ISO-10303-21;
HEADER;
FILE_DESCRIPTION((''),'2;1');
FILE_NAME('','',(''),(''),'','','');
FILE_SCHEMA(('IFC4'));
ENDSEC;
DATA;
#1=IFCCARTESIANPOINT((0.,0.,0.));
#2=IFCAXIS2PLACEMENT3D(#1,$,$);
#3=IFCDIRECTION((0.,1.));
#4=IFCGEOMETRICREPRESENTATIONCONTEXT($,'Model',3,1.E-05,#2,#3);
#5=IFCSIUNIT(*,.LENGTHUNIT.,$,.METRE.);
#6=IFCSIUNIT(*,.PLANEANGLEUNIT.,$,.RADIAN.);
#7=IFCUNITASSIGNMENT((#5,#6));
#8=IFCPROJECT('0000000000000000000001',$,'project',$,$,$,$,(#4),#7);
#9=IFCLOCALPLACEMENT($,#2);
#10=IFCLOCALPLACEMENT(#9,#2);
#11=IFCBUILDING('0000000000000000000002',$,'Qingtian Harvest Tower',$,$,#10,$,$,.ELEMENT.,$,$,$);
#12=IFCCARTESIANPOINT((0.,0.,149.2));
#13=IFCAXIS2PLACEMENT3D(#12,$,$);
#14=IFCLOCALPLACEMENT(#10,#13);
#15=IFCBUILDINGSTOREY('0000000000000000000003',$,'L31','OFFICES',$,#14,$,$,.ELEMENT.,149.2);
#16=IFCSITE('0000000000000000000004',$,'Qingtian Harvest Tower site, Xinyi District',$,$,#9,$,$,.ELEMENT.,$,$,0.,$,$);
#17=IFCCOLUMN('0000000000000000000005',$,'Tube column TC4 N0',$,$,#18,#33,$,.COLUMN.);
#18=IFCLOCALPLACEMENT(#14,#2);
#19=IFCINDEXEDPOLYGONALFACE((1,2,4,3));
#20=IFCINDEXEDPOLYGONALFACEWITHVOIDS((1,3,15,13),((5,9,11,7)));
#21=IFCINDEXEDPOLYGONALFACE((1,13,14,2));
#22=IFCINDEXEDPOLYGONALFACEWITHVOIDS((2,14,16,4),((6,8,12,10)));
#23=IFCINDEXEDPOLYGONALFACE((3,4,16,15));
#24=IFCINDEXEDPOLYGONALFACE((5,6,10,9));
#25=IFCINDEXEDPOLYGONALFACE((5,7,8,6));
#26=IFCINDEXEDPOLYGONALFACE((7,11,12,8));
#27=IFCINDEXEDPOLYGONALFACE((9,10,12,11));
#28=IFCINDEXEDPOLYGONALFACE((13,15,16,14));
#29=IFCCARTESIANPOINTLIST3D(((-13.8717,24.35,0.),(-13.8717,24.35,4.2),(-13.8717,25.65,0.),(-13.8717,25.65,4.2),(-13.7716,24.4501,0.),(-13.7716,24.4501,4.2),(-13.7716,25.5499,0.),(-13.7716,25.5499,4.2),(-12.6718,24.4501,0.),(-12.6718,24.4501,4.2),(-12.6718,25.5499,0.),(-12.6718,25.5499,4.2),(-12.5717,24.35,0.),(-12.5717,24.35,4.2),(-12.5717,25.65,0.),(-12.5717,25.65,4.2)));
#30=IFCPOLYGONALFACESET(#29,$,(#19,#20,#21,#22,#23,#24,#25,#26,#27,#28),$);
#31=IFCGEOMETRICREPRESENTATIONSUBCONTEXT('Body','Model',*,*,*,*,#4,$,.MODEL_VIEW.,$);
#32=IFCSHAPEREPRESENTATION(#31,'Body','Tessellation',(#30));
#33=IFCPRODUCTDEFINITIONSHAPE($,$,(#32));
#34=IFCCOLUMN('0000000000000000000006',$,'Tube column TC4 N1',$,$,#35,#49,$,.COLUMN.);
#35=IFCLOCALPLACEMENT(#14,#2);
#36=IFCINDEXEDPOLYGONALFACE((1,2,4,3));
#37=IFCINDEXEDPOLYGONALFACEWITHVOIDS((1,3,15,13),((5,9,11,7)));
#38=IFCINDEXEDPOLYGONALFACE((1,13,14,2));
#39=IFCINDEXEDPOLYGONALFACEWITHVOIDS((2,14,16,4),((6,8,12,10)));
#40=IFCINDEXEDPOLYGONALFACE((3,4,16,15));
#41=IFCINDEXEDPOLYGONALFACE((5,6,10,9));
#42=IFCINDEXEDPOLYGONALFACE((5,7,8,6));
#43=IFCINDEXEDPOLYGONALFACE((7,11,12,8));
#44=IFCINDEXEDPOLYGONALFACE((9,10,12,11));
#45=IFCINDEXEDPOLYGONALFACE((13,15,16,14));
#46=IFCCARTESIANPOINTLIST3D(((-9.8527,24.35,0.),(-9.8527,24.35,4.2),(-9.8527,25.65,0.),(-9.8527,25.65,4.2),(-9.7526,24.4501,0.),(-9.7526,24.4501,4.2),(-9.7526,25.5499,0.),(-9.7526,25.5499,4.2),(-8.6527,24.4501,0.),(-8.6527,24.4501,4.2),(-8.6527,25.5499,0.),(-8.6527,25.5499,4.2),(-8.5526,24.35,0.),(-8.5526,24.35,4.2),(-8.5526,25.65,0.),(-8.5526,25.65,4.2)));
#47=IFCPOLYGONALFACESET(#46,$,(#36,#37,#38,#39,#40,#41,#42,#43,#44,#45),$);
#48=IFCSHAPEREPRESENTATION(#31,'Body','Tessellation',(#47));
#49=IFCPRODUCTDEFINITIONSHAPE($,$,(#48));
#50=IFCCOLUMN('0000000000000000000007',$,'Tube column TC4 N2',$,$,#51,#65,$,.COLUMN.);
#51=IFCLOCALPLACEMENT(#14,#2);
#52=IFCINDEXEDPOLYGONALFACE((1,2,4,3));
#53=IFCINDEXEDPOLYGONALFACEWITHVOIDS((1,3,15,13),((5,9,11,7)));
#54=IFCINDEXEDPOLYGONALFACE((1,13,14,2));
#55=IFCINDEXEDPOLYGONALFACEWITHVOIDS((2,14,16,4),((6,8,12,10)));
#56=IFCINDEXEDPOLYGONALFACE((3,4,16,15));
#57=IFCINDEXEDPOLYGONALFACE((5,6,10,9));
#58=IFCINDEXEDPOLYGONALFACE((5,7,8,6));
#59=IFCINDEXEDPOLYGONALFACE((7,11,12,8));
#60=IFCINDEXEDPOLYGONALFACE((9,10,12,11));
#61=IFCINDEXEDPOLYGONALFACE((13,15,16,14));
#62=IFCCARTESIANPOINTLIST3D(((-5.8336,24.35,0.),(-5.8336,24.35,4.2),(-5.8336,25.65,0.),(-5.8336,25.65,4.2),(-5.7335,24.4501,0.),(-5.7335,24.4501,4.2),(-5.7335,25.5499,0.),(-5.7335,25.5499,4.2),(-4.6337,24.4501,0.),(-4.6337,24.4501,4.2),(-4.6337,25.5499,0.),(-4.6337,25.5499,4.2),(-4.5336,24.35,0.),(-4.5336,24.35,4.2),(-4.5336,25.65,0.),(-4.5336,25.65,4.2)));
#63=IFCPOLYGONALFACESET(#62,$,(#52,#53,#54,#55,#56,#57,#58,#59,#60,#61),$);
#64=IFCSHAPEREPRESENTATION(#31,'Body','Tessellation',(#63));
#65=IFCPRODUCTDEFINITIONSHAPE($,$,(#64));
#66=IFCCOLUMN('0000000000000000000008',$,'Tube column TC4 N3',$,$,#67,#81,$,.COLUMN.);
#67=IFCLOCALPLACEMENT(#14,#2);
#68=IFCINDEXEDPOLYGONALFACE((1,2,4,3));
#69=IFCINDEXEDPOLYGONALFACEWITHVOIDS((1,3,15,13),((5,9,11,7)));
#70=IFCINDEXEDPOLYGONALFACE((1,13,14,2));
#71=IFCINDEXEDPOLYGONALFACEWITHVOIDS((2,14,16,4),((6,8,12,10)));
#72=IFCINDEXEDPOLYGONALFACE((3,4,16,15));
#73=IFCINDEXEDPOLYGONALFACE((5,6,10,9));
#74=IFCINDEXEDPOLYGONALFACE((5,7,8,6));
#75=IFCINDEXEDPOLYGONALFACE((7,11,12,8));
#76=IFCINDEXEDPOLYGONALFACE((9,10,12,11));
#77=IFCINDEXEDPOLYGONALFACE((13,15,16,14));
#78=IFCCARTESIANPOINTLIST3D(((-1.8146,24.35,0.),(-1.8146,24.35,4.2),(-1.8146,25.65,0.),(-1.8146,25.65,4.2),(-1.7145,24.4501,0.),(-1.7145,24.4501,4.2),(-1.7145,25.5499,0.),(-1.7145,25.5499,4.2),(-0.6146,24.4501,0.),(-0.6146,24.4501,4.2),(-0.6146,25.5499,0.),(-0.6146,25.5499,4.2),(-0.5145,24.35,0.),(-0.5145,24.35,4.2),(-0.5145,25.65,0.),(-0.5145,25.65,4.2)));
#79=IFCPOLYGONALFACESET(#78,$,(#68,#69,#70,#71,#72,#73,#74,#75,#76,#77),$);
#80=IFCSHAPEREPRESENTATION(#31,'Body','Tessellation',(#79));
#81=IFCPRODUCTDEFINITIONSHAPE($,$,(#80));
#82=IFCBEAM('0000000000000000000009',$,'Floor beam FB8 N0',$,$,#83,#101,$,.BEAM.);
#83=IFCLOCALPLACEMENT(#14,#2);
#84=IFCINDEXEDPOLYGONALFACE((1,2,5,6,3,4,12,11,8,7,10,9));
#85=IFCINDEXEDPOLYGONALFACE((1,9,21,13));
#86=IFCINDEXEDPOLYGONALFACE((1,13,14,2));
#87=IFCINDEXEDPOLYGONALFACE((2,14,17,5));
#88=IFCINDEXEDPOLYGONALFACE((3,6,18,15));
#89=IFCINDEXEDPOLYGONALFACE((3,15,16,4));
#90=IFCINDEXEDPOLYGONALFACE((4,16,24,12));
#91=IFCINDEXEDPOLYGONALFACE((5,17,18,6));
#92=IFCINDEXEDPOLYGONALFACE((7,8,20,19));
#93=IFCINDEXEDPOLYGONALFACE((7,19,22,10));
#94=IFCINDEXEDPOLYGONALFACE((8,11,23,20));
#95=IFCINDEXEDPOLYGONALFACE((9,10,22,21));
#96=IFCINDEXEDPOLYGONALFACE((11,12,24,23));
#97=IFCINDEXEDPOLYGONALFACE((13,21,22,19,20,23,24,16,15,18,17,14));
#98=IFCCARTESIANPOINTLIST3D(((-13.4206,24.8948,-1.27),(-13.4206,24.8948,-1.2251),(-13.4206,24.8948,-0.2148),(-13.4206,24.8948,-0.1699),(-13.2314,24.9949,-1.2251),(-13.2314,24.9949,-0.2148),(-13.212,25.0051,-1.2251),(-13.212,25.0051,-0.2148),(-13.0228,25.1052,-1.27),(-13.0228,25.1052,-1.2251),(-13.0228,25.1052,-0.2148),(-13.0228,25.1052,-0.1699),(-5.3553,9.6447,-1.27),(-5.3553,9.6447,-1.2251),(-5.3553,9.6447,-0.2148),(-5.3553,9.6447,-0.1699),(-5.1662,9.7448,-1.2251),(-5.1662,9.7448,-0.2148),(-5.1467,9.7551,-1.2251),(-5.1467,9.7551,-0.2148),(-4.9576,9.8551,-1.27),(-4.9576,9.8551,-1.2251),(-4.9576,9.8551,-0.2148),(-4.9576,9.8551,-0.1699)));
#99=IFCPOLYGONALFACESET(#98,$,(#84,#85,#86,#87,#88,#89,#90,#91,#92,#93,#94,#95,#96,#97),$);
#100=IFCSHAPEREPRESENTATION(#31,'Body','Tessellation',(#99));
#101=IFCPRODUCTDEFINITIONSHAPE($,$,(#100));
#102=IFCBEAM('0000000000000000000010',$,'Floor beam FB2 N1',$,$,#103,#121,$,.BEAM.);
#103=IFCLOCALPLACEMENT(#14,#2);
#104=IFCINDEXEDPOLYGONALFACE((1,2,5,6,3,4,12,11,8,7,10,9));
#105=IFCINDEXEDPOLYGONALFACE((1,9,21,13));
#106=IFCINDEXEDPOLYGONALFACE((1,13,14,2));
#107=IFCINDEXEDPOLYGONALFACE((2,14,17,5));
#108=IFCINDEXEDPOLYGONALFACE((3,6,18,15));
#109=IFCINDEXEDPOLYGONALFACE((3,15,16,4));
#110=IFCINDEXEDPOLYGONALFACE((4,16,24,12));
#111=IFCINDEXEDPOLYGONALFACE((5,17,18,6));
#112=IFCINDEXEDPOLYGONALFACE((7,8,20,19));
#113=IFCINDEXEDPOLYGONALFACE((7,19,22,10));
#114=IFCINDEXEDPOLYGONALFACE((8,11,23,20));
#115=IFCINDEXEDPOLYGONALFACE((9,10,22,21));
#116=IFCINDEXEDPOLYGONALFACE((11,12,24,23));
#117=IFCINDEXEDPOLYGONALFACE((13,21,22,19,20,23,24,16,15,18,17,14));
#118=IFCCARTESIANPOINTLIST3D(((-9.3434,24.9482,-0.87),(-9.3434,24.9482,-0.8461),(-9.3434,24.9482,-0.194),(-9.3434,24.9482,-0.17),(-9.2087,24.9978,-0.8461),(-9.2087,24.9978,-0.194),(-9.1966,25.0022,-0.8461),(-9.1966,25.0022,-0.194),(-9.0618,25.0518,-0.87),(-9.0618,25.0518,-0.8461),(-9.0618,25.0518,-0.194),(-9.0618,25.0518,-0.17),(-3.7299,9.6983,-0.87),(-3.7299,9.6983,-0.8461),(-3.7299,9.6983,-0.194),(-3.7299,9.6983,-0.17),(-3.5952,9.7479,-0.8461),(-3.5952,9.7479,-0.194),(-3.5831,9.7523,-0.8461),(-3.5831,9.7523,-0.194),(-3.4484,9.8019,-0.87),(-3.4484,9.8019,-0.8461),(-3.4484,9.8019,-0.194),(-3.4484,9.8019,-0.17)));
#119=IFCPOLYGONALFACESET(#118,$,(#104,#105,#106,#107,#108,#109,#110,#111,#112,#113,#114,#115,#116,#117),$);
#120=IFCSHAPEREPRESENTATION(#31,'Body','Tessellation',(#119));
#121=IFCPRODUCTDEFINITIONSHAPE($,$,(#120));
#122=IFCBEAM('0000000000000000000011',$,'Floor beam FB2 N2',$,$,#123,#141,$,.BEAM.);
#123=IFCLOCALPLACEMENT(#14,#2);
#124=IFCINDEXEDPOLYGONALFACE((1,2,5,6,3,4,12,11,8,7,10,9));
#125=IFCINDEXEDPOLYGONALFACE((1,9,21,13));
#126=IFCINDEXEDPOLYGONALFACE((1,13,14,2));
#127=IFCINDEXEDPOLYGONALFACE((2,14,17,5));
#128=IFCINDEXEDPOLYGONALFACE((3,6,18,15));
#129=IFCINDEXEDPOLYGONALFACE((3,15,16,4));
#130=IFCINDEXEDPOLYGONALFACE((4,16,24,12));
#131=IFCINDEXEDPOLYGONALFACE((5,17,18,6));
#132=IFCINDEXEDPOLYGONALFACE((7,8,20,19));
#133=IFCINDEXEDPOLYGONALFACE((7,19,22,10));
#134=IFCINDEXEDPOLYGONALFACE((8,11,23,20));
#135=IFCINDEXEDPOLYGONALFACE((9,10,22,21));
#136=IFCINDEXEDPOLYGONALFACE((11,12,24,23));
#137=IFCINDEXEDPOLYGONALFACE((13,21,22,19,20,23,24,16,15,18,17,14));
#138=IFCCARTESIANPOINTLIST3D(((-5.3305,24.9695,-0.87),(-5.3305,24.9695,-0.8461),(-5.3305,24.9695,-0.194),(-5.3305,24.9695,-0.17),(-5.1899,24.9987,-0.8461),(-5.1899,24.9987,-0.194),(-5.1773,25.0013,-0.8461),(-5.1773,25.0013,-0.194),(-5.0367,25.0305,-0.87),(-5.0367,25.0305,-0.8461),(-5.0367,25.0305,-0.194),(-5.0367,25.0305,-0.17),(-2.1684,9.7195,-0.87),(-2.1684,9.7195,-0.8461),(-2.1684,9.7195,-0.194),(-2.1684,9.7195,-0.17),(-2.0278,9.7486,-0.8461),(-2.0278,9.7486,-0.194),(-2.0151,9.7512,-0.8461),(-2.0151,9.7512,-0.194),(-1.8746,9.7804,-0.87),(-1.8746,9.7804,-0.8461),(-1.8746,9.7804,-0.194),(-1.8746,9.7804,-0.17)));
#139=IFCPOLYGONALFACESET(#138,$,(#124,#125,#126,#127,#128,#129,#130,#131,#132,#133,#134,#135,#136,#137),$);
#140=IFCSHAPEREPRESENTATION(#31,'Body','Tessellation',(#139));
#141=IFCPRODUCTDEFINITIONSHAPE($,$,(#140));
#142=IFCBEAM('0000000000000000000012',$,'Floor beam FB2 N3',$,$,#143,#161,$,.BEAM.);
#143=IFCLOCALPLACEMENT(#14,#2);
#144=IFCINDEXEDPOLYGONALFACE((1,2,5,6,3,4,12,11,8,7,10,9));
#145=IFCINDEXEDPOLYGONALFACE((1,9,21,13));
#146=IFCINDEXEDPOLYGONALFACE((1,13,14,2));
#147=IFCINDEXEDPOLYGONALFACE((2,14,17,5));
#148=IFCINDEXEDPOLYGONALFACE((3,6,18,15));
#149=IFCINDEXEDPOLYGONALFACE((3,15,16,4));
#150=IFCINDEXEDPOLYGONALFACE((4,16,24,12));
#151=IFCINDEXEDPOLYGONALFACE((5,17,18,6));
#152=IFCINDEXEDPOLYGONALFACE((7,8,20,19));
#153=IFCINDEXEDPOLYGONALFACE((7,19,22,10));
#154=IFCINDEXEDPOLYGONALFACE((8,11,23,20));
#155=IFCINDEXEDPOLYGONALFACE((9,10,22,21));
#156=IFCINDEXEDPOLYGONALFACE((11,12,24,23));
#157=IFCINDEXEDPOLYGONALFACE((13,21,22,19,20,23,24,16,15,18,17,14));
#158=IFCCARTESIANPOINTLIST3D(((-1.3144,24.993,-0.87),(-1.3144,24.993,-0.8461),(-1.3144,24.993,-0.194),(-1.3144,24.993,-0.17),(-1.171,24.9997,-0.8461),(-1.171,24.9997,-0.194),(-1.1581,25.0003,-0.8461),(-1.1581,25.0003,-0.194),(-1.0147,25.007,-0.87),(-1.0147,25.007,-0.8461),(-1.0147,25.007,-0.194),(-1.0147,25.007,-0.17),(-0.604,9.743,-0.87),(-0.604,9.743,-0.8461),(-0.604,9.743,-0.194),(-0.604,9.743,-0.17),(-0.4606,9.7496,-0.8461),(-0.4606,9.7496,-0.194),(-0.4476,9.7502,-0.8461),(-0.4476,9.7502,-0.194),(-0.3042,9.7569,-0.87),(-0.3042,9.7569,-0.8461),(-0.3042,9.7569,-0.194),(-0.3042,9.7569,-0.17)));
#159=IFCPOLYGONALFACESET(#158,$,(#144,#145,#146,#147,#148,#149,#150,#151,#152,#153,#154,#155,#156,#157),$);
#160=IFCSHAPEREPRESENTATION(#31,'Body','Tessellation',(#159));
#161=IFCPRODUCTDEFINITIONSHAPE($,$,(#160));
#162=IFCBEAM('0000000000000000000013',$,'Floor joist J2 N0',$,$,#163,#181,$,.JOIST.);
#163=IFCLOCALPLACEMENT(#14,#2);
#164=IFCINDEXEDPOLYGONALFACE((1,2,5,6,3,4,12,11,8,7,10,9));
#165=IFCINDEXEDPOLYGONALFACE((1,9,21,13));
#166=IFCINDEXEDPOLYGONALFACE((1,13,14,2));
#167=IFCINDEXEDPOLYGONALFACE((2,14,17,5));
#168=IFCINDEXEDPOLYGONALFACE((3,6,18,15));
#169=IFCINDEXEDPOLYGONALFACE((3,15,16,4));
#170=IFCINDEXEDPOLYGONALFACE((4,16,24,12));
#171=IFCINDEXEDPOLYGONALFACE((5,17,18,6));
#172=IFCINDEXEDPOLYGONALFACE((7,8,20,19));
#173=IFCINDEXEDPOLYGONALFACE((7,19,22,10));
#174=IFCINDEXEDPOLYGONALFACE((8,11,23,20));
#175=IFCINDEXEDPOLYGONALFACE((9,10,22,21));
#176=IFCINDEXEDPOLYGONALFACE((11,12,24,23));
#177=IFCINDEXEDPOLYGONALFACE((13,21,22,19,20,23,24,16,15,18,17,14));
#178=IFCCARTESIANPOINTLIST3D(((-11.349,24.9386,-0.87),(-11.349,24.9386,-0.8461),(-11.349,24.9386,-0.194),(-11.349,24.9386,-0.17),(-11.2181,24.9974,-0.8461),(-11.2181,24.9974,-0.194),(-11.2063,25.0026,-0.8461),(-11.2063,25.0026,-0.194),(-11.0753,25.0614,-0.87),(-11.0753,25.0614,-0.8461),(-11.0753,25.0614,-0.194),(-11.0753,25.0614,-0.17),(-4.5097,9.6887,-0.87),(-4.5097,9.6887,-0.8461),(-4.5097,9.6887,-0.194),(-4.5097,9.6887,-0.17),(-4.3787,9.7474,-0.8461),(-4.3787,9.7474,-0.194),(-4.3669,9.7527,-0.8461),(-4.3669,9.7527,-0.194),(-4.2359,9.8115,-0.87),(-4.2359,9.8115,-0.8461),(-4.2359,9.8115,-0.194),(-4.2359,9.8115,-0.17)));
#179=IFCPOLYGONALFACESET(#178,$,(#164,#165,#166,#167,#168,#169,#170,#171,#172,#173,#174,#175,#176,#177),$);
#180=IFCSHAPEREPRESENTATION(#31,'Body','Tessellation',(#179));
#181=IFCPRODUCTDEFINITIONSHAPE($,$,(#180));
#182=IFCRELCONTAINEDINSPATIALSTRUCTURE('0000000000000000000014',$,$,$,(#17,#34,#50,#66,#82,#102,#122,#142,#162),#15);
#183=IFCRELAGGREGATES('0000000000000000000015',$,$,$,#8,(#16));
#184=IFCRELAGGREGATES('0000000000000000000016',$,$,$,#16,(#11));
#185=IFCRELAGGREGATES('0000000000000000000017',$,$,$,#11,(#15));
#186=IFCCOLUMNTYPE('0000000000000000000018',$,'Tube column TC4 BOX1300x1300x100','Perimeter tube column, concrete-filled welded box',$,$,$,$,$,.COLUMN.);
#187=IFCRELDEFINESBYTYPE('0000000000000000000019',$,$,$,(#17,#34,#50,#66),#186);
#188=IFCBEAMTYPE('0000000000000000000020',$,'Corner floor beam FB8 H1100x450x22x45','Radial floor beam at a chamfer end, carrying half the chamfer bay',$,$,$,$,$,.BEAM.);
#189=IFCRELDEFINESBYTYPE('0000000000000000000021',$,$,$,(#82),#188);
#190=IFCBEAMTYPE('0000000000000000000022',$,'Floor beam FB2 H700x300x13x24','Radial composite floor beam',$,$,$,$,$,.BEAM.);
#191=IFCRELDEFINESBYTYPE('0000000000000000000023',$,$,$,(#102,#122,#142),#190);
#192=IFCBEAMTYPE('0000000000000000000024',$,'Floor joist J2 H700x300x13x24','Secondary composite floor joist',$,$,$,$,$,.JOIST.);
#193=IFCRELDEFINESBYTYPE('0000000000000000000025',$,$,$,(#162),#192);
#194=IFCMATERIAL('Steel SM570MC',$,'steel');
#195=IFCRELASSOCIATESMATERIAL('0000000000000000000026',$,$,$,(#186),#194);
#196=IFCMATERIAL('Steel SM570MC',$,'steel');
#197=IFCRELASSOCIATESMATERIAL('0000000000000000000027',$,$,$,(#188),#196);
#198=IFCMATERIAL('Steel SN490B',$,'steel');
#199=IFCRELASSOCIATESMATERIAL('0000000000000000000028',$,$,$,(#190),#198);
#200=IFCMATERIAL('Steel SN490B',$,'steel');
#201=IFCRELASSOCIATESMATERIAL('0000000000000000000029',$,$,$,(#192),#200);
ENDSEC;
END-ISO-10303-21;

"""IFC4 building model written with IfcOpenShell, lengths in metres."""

from ifc_helpers import new_model, si_unit, direction, frame, origin, origin_2d, place, context, subcontext, project, spatial, hollow_rectangle, i_section, extrude, material, material_profile, profile_set, type_object, element, save


model = new_model("IFC4")

# Units and contexts
model_context = context("Model", 3, precision=1e-05, world=origin(), true_north=direction((0.0, 1.0)))
body_context = subcontext(model_context, "Body", "Model", "MODEL_VIEW")
ifc_project = project(units=[si_unit("LENGTHUNIT", "METRE"), si_unit("PLANEANGLEUNIT", "RADIAN")], contexts=[model_context])

# Site, building, storey
site_placement = place(None, origin())
site = spatial("IfcSite", under=ifc_project, at=site_placement, Name="Qingtian Harvest Tower site, Xinyi District", CompositionType="ELEMENT", RefElevation=0.0)
building_placement = place(site_placement, origin())
building = spatial("IfcBuilding", under=site, at=building_placement, Name="Qingtian Harvest Tower", CompositionType="ELEMENT")
storey_placement = place(building_placement, frame((0.0, 0.0, 149.2)))
storey = spatial("IfcBuildingStorey", under=building, at=storey_placement, Name="L31", Description="OFFICES", CompositionType="ELEMENT", Elevation=149.2)

# Columns
ifc_material_1 = material(Name="Steel SM570MC", Category="steel")
ifc_material_profile_1 = material_profile(ifc_material_1, hollow_rectangle(XDim=1.3, YDim=1.3, WallThickness=0.1001, at=origin_2d()), Name="BOX1300x1300x100")
ifc_profile_set_1 = profile_set([ifc_material_profile_1], Name="Steel SM570MC")
column_type = type_object("IfcColumnType", Name="Tube column TC4 BOX1300x1300x100", Description="Perimeter tube column, concrete-filled welded box", PredefinedType="COLUMN", material=ifc_profile_set_1)
for number, where, z_axis, x_axis, name in (
    (1, (-13.2217, 25.0, 0.0), (0.0, 0.0, 1.0), (-1.0, 0.0, 0.0), "Tube column TC4 N0"),
    (2, (-9.2026, 25.0, 0.0), (0.0, 0.0, 1.0), (-1.0, 0.0, 0.0), "Tube column TC4 N1"),
    (3, (-5.1836, 25.0, 0.0), (0.0, 0.0, 1.0), (-1.0, 0.0, 0.0), "Tube column TC4 N2"),
    (4, (-1.1646, 25.0, 0.0), (0.0, 0.0, 1.0), (-1.0, 0.0, 0.0), "Tube column TC4 N3"),
):
    element("IfcColumn", number, at=place(storey_placement, frame(where, z_axis=z_axis, x_axis=x_axis)), inside=storey, type_object=column_type, Name=name, PredefinedType="COLUMN", context=body_context, shape_type="SweptSolid", body=[
        extrude(hollow_rectangle(XDim=1.3, YDim=1.3, WallThickness=0.1001, at=origin_2d()), origin(), (0.0, 0.0, 1.0), 4.2),
    ])

# Beams
ifc_material_2 = material(Name="Steel SM570MC", Category="steel")
ifc_material_profile_2 = material_profile(ifc_material_2, i_section(OverallWidth=0.45, OverallDepth=1.1001, WebThickness=0.022, FlangeThickness=0.0449, at=origin_2d()), Name="H1100x450x22x45")
ifc_profile_set_2 = profile_set([ifc_material_profile_2], Name="Steel SM570MC")
beam_type_1 = type_object("IfcBeamType", Name="Corner floor beam FB8 H1100x450x22x45", Description="Radial floor beam at a chamfer end, carrying half the chamfer bay", PredefinedType="BEAM", material=ifc_profile_set_2)
beam_1_placement = place(storey_placement, frame((-13.2217, 25.0, -0.72), z_axis=(0.46751, -0.883988, 0.0), x_axis=(0.883988, 0.46751, 0.0)))
element("IfcBeam", 5, at=beam_1_placement, inside=storey, type_object=beam_type_1, Name="Floor beam FB8 N0", PredefinedType="BEAM", context=body_context, shape_type="SweptSolid", body=[
    extrude(i_section(OverallWidth=0.45, OverallDepth=1.1001, WebThickness=0.022, FlangeThickness=0.0449, at=origin_2d()), origin(), (0.0, 0.0, 1.0), 17.2515),
])
ifc_material_3 = material(Name="Steel SN490B", Category="steel")
ifc_material_profile_3 = material_profile(ifc_material_3, i_section(OverallWidth=0.3, OverallDepth=0.7, WebThickness=0.0129, FlangeThickness=0.0239, at=origin_2d()), Name="H700x300x13x24")
ifc_profile_set_3 = profile_set([ifc_material_profile_3], Name="Steel SN490B")
beam_type_2 = type_object("IfcBeamType", Name="Floor beam FB2 H700x300x13x24", Description="Radial composite floor beam", PredefinedType="BEAM", material=ifc_profile_set_3)
beam_2_placement = place(storey_placement, frame((-9.2026, 25.0, -0.52), z_axis=(0.34544, -0.938441, 0.0), x_axis=(0.938441, 0.34544, 0.0)))
element("IfcBeam", 6, at=beam_2_placement, inside=storey, type_object=beam_type_2, Name="Floor beam FB2 N1", PredefinedType="BEAM", context=body_context, shape_type="SweptSolid", body=[
    extrude(i_section(OverallWidth=0.3, OverallDepth=0.7, WebThickness=0.0129, FlangeThickness=0.0239, at=origin_2d()), origin(), (0.0, 0.0, 1.0), 16.2502),
])
beam_3_placement = place(storey_placement, frame((-5.1836, 25.0, -0.52), z_axis=(0.203033, -0.979172, 0.0), x_axis=(0.979172, 0.203033, 0.0)))
element("IfcBeam", 7, at=beam_3_placement, inside=storey, type_object=beam_type_2, Name="Floor beam FB2 N2", PredefinedType="BEAM", context=body_context, shape_type="SweptSolid", body=[
    extrude(i_section(OverallWidth=0.3, OverallDepth=0.7, WebThickness=0.0129, FlangeThickness=0.0239, at=origin_2d()), origin(), (0.0, 0.0, 1.0), 15.5745),
])
beam_4_placement = place(storey_placement, frame((-1.1646, 25.0, -0.52), z_axis=(0.046536, -0.998917, 0.0), x_axis=(0.998917, 0.046536, 0.0)))
element("IfcBeam", 8, at=beam_4_placement, inside=storey, type_object=beam_type_2, Name="Floor beam FB2 N3", PredefinedType="BEAM", context=body_context, shape_type="SweptSolid", body=[
    extrude(i_section(OverallWidth=0.3, OverallDepth=0.7, WebThickness=0.0129, FlangeThickness=0.0239, at=origin_2d()), origin(), (0.0, 0.0, 1.0), 15.2666),
])
ifc_material_4 = material(Name="Steel SN490B", Category="steel")
ifc_material_profile_4 = material_profile(ifc_material_4, i_section(OverallWidth=0.3, OverallDepth=0.7, WebThickness=0.0129, FlangeThickness=0.0239, at=origin_2d()), Name="H700x300x13x24")
ifc_profile_set_4 = profile_set([ifc_material_profile_4], Name="Steel SN490B")
beam_type_3 = type_object("IfcBeamType", Name="Floor joist J2 H700x300x13x24", Description="Secondary composite floor joist", PredefinedType="JOIST", material=ifc_profile_set_4)
beam_5_placement = place(storey_placement, frame((-11.2122, 25.0, -0.52), z_axis=(0.409213, -0.912439, 0.0), x_axis=(0.912439, 0.409213, 0.0)))
element("IfcBeam", 9, at=beam_5_placement, inside=storey, type_object=beam_type_3, Name="Floor joist J2 N0", PredefinedType="JOIST", context=body_context, shape_type="SweptSolid", body=[
    extrude(i_section(OverallWidth=0.3, OverallDepth=0.7, WebThickness=0.0129, FlangeThickness=0.0239, at=origin_2d()), origin(), (0.0, 0.0, 1.0), 16.7134),
])

save(model, "model.ifc")
